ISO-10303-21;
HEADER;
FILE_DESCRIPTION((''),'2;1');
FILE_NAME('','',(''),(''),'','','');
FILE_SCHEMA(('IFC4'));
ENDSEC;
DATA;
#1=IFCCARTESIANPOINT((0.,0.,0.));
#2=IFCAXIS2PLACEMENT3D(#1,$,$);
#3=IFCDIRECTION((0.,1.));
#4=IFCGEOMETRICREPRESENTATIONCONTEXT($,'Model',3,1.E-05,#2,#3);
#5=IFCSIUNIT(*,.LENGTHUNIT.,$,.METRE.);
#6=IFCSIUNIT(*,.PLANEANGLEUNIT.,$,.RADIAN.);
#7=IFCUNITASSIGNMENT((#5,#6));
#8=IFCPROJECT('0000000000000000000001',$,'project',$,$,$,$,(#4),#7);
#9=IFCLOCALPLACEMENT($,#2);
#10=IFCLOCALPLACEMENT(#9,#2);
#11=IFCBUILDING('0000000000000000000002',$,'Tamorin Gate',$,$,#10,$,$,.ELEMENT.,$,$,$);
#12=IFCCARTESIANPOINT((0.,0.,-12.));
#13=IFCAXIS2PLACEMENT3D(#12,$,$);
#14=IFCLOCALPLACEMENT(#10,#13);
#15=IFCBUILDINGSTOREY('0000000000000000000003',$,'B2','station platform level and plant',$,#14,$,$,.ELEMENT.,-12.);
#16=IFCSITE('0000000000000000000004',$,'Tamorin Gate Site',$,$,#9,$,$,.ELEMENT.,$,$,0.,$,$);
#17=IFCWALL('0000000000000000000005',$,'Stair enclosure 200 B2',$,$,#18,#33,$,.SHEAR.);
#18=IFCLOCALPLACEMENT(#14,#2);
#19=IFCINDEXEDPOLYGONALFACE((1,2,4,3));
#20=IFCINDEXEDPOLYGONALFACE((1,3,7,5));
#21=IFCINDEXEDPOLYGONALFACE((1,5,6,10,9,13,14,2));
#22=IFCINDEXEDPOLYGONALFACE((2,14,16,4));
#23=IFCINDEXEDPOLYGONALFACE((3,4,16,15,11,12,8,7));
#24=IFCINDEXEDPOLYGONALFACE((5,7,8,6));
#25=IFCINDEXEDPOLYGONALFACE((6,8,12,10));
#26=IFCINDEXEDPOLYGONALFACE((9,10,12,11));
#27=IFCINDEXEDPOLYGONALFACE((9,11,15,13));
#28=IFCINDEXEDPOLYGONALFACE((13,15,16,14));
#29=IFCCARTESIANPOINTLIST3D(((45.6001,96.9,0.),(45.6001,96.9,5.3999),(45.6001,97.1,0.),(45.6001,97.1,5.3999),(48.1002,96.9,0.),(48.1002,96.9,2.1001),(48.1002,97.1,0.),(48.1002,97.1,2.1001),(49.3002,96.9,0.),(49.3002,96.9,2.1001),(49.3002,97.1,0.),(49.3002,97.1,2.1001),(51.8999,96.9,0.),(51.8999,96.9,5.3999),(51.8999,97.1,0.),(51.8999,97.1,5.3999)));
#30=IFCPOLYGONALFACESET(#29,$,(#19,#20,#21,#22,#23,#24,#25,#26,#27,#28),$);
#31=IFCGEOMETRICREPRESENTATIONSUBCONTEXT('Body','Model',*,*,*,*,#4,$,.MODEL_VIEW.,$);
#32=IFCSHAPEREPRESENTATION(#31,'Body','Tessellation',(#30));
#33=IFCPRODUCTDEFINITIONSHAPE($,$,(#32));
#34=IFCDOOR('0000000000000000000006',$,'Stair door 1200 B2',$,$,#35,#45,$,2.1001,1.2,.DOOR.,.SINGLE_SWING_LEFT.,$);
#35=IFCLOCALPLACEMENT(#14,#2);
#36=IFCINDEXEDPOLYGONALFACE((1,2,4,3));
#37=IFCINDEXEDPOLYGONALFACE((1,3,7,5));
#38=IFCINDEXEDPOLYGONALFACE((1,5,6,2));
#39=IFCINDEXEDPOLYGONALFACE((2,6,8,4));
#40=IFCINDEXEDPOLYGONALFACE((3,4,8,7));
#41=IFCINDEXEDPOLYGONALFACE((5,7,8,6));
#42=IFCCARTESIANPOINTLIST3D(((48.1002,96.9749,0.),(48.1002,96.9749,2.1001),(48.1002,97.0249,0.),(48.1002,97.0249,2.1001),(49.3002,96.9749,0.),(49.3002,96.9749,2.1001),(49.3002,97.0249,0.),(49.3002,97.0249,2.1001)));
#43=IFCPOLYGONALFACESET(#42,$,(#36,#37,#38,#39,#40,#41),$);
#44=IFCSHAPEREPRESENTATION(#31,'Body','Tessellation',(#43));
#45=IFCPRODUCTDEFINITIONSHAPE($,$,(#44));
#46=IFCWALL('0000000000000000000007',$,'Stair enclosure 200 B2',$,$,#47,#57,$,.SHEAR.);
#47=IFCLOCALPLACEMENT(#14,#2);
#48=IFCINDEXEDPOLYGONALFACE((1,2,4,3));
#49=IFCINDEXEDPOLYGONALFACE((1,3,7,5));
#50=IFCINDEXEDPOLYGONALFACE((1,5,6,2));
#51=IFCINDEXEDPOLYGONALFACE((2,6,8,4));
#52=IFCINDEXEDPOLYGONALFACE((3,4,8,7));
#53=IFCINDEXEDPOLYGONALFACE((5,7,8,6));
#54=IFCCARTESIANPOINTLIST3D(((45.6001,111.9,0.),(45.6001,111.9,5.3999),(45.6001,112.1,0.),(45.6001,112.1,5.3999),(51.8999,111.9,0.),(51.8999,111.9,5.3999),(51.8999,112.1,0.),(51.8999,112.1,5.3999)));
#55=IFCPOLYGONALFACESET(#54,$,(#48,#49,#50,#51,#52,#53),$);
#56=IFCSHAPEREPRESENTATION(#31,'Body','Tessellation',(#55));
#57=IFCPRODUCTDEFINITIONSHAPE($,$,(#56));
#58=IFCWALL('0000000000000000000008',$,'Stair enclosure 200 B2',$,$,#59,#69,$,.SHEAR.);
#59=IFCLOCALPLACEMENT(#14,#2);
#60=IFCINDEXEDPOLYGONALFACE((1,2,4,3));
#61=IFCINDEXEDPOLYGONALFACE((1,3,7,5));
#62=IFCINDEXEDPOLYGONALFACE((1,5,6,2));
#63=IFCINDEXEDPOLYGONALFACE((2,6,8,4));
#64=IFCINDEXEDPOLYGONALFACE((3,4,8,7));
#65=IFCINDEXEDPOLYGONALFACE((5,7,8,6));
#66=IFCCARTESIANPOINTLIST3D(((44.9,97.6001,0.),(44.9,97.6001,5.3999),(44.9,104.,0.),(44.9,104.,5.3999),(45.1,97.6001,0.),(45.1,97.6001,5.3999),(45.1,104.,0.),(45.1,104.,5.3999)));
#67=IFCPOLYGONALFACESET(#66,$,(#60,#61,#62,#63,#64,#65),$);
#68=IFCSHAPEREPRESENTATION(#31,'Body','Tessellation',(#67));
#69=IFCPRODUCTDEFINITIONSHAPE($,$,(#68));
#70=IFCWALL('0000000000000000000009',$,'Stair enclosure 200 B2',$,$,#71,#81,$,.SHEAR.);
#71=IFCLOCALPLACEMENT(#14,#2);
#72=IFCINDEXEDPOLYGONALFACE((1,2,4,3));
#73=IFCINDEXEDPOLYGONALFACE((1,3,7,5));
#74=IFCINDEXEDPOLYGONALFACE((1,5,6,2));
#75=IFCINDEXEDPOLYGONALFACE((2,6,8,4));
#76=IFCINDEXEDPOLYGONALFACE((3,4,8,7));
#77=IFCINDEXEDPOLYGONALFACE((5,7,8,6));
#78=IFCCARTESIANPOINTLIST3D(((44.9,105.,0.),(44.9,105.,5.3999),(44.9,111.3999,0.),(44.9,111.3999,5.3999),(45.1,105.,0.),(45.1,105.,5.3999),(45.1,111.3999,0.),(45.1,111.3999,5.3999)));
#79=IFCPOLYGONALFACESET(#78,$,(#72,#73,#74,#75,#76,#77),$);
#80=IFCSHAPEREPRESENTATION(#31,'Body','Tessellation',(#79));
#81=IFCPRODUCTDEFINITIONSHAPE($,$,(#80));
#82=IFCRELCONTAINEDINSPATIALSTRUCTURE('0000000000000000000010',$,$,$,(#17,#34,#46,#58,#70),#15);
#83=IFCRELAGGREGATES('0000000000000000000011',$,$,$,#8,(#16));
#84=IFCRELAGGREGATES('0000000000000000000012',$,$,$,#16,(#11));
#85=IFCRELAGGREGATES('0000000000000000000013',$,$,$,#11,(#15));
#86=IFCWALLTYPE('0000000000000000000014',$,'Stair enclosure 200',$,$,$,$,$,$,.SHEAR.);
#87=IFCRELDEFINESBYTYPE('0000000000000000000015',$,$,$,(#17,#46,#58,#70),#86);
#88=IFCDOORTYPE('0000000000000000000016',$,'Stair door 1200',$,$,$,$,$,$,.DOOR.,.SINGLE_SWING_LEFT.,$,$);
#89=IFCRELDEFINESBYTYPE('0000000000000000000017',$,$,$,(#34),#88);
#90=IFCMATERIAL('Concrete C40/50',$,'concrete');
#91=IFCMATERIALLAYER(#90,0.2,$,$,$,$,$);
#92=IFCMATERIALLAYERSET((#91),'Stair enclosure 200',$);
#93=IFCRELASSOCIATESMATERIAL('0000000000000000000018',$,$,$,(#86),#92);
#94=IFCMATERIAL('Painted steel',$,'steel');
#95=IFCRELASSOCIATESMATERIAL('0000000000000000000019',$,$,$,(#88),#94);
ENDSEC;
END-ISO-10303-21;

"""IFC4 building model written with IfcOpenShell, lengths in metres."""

from ifc_helpers import new_model, si_unit, direction, frame, frame_2d, origin, place, context, subcontext, project, spatial, rectangle, extrude, material, layer, layer_set, type_object, element, fill, save


model = new_model("IFC4")

# Units and contexts
model_context = context("Model", 3, precision=1e-05, world=origin(), true_north=direction((0.0, 1.0)))
body_context = subcontext(model_context, "Body", "Model", "MODEL_VIEW")
ifc_project = project(units=[si_unit("LENGTHUNIT", "METRE"), si_unit("PLANEANGLEUNIT", "RADIAN")], contexts=[model_context])

# Site, building, storey
site_placement = place(None, origin())
site = spatial("IfcSite", under=ifc_project, at=site_placement, Name="Tamorin Gate Site", CompositionType="ELEMENT", RefElevation=0.0)
building_placement = place(site_placement, origin())
building = spatial("IfcBuilding", under=site, at=building_placement, Name="Tamorin Gate", CompositionType="ELEMENT")
storey_placement = place(building_placement, frame((0.0, 0.0, -12.0)))
storey = spatial("IfcBuildingStorey", under=building, at=storey_placement, Name="B2", Description="station platform level and plant", CompositionType="ELEMENT", Elevation=-12.0)

# Shared definitions
ifc_material_1 = material(Name="Concrete C40/50", Category="concrete")

# Wall, opening, door
ifc_layer_1 = layer(ifc_material_1, 0.2)
ifc_layer_set_1 = layer_set([ifc_layer_1], Name="Stair enclosure 200")
wall_type_1 = type_object("IfcWallType", Name="Stair enclosure 200", PredefinedType="SHEAR", material=ifc_layer_set_1)
wall_1_placement = place(storey_placement, frame((45.6001, 97.0, 0.0), z_axis=(0.0, 0.0, 1.0), x_axis=(1.0, 0.0, 0.0)))
wall_1 = element("IfcWall", 1, at=wall_1_placement, inside=storey, type_object=wall_type_1, Name="Stair enclosure 200 B2", PredefinedType="SHEAR", context=body_context, shape_type="SweptSolid", body=[
    extrude(rectangle(XDim=6.2998, YDim=0.2, at=frame_2d((3.1499, 0.0))), origin(), (0.0, 0.0, 1.0), 5.3999),
])
opening_placement = place(wall_1_placement, frame((2.5, 0.0, 0.0)))
opening = element("IfcOpeningElement", 2, at=opening_placement, cuts=wall_1, PredefinedType="OPENING", context=body_context, shape_type="SweptSolid", body=[
    extrude(rectangle(XDim=1.2, YDim=2.1001, at=frame_2d((0.6001, 1.05))), frame((0.0, 0.1099, 0.0), z_axis=(0.0, -1.0, 0.0), x_axis=(1.0, 0.0, 0.0)), (0.0, 0.0, 1.0), 0.22),
])
ifc_material_2 = material(Name="Painted steel", Category="steel")
door_type = type_object("IfcDoorType", Name="Stair door 1200", OperationType="SINGLE_SWING_LEFT", PredefinedType="DOOR", material=ifc_material_2)
door_placement = place(opening_placement, origin())
door = element("IfcDoor", 3, at=door_placement, inside=storey, type_object=door_type, Name="Stair door 1200 B2", OperationType="SINGLE_SWING_LEFT", OverallHeight=2.1001, OverallWidth=1.2, PredefinedType="DOOR", context=body_context, shape_type="SweptSolid", body=[
    extrude(rectangle(XDim=1.2, YDim=2.1001, at=frame_2d((0.6001, 1.05))), frame((0.0, 0.0249, 0.0), z_axis=(0.0, -1.0, 0.0), x_axis=(1.0, 0.0, 0.0)), (0.0, 0.0, 1.0), 0.05),
])
fill(opening, door)

# Walls
wall_2_placement = place(storey_placement, frame((45.6001, 112.0, 0.0), z_axis=(0.0, 0.0, 1.0), x_axis=(1.0, 0.0, 0.0)))
element("IfcWall", 4, at=wall_2_placement, inside=storey, type_object=wall_type_1, Name="Stair enclosure 200 B2", PredefinedType="SHEAR", context=body_context, shape_type="SweptSolid", body=[
    extrude(rectangle(XDim=6.2998, YDim=0.2, at=frame_2d((3.1499, 0.0))), origin(), (0.0, 0.0, 1.0), 5.3999),
])
for number, where, z_axis, x_axis, name in (
    (5, (45.0, 97.6001, 0.0), (0.0, 0.0, 1.0), (0.0, 1.0, 0.0), "Stair enclosure 200 B2"),
    (6, (45.0, 105.0, 0.0), (0.0, 0.0, 1.0), (0.0, 1.0, 0.0), "Stair enclosure 200 B2"),
):
    element("IfcWall", number, at=place(storey_placement, frame(where, z_axis=z_axis, x_axis=x_axis)), inside=storey, type_object=wall_type_1, Name=name, PredefinedType="SHEAR", context=body_context, shape_type="SweptSolid", body=[
        extrude(rectangle(XDim=6.3999, YDim=0.2, at=frame_2d((3.2, 0.0))), origin(), (0.0, 0.0, 1.0), 5.3999),
    ])

save(model, "model.ifc")
